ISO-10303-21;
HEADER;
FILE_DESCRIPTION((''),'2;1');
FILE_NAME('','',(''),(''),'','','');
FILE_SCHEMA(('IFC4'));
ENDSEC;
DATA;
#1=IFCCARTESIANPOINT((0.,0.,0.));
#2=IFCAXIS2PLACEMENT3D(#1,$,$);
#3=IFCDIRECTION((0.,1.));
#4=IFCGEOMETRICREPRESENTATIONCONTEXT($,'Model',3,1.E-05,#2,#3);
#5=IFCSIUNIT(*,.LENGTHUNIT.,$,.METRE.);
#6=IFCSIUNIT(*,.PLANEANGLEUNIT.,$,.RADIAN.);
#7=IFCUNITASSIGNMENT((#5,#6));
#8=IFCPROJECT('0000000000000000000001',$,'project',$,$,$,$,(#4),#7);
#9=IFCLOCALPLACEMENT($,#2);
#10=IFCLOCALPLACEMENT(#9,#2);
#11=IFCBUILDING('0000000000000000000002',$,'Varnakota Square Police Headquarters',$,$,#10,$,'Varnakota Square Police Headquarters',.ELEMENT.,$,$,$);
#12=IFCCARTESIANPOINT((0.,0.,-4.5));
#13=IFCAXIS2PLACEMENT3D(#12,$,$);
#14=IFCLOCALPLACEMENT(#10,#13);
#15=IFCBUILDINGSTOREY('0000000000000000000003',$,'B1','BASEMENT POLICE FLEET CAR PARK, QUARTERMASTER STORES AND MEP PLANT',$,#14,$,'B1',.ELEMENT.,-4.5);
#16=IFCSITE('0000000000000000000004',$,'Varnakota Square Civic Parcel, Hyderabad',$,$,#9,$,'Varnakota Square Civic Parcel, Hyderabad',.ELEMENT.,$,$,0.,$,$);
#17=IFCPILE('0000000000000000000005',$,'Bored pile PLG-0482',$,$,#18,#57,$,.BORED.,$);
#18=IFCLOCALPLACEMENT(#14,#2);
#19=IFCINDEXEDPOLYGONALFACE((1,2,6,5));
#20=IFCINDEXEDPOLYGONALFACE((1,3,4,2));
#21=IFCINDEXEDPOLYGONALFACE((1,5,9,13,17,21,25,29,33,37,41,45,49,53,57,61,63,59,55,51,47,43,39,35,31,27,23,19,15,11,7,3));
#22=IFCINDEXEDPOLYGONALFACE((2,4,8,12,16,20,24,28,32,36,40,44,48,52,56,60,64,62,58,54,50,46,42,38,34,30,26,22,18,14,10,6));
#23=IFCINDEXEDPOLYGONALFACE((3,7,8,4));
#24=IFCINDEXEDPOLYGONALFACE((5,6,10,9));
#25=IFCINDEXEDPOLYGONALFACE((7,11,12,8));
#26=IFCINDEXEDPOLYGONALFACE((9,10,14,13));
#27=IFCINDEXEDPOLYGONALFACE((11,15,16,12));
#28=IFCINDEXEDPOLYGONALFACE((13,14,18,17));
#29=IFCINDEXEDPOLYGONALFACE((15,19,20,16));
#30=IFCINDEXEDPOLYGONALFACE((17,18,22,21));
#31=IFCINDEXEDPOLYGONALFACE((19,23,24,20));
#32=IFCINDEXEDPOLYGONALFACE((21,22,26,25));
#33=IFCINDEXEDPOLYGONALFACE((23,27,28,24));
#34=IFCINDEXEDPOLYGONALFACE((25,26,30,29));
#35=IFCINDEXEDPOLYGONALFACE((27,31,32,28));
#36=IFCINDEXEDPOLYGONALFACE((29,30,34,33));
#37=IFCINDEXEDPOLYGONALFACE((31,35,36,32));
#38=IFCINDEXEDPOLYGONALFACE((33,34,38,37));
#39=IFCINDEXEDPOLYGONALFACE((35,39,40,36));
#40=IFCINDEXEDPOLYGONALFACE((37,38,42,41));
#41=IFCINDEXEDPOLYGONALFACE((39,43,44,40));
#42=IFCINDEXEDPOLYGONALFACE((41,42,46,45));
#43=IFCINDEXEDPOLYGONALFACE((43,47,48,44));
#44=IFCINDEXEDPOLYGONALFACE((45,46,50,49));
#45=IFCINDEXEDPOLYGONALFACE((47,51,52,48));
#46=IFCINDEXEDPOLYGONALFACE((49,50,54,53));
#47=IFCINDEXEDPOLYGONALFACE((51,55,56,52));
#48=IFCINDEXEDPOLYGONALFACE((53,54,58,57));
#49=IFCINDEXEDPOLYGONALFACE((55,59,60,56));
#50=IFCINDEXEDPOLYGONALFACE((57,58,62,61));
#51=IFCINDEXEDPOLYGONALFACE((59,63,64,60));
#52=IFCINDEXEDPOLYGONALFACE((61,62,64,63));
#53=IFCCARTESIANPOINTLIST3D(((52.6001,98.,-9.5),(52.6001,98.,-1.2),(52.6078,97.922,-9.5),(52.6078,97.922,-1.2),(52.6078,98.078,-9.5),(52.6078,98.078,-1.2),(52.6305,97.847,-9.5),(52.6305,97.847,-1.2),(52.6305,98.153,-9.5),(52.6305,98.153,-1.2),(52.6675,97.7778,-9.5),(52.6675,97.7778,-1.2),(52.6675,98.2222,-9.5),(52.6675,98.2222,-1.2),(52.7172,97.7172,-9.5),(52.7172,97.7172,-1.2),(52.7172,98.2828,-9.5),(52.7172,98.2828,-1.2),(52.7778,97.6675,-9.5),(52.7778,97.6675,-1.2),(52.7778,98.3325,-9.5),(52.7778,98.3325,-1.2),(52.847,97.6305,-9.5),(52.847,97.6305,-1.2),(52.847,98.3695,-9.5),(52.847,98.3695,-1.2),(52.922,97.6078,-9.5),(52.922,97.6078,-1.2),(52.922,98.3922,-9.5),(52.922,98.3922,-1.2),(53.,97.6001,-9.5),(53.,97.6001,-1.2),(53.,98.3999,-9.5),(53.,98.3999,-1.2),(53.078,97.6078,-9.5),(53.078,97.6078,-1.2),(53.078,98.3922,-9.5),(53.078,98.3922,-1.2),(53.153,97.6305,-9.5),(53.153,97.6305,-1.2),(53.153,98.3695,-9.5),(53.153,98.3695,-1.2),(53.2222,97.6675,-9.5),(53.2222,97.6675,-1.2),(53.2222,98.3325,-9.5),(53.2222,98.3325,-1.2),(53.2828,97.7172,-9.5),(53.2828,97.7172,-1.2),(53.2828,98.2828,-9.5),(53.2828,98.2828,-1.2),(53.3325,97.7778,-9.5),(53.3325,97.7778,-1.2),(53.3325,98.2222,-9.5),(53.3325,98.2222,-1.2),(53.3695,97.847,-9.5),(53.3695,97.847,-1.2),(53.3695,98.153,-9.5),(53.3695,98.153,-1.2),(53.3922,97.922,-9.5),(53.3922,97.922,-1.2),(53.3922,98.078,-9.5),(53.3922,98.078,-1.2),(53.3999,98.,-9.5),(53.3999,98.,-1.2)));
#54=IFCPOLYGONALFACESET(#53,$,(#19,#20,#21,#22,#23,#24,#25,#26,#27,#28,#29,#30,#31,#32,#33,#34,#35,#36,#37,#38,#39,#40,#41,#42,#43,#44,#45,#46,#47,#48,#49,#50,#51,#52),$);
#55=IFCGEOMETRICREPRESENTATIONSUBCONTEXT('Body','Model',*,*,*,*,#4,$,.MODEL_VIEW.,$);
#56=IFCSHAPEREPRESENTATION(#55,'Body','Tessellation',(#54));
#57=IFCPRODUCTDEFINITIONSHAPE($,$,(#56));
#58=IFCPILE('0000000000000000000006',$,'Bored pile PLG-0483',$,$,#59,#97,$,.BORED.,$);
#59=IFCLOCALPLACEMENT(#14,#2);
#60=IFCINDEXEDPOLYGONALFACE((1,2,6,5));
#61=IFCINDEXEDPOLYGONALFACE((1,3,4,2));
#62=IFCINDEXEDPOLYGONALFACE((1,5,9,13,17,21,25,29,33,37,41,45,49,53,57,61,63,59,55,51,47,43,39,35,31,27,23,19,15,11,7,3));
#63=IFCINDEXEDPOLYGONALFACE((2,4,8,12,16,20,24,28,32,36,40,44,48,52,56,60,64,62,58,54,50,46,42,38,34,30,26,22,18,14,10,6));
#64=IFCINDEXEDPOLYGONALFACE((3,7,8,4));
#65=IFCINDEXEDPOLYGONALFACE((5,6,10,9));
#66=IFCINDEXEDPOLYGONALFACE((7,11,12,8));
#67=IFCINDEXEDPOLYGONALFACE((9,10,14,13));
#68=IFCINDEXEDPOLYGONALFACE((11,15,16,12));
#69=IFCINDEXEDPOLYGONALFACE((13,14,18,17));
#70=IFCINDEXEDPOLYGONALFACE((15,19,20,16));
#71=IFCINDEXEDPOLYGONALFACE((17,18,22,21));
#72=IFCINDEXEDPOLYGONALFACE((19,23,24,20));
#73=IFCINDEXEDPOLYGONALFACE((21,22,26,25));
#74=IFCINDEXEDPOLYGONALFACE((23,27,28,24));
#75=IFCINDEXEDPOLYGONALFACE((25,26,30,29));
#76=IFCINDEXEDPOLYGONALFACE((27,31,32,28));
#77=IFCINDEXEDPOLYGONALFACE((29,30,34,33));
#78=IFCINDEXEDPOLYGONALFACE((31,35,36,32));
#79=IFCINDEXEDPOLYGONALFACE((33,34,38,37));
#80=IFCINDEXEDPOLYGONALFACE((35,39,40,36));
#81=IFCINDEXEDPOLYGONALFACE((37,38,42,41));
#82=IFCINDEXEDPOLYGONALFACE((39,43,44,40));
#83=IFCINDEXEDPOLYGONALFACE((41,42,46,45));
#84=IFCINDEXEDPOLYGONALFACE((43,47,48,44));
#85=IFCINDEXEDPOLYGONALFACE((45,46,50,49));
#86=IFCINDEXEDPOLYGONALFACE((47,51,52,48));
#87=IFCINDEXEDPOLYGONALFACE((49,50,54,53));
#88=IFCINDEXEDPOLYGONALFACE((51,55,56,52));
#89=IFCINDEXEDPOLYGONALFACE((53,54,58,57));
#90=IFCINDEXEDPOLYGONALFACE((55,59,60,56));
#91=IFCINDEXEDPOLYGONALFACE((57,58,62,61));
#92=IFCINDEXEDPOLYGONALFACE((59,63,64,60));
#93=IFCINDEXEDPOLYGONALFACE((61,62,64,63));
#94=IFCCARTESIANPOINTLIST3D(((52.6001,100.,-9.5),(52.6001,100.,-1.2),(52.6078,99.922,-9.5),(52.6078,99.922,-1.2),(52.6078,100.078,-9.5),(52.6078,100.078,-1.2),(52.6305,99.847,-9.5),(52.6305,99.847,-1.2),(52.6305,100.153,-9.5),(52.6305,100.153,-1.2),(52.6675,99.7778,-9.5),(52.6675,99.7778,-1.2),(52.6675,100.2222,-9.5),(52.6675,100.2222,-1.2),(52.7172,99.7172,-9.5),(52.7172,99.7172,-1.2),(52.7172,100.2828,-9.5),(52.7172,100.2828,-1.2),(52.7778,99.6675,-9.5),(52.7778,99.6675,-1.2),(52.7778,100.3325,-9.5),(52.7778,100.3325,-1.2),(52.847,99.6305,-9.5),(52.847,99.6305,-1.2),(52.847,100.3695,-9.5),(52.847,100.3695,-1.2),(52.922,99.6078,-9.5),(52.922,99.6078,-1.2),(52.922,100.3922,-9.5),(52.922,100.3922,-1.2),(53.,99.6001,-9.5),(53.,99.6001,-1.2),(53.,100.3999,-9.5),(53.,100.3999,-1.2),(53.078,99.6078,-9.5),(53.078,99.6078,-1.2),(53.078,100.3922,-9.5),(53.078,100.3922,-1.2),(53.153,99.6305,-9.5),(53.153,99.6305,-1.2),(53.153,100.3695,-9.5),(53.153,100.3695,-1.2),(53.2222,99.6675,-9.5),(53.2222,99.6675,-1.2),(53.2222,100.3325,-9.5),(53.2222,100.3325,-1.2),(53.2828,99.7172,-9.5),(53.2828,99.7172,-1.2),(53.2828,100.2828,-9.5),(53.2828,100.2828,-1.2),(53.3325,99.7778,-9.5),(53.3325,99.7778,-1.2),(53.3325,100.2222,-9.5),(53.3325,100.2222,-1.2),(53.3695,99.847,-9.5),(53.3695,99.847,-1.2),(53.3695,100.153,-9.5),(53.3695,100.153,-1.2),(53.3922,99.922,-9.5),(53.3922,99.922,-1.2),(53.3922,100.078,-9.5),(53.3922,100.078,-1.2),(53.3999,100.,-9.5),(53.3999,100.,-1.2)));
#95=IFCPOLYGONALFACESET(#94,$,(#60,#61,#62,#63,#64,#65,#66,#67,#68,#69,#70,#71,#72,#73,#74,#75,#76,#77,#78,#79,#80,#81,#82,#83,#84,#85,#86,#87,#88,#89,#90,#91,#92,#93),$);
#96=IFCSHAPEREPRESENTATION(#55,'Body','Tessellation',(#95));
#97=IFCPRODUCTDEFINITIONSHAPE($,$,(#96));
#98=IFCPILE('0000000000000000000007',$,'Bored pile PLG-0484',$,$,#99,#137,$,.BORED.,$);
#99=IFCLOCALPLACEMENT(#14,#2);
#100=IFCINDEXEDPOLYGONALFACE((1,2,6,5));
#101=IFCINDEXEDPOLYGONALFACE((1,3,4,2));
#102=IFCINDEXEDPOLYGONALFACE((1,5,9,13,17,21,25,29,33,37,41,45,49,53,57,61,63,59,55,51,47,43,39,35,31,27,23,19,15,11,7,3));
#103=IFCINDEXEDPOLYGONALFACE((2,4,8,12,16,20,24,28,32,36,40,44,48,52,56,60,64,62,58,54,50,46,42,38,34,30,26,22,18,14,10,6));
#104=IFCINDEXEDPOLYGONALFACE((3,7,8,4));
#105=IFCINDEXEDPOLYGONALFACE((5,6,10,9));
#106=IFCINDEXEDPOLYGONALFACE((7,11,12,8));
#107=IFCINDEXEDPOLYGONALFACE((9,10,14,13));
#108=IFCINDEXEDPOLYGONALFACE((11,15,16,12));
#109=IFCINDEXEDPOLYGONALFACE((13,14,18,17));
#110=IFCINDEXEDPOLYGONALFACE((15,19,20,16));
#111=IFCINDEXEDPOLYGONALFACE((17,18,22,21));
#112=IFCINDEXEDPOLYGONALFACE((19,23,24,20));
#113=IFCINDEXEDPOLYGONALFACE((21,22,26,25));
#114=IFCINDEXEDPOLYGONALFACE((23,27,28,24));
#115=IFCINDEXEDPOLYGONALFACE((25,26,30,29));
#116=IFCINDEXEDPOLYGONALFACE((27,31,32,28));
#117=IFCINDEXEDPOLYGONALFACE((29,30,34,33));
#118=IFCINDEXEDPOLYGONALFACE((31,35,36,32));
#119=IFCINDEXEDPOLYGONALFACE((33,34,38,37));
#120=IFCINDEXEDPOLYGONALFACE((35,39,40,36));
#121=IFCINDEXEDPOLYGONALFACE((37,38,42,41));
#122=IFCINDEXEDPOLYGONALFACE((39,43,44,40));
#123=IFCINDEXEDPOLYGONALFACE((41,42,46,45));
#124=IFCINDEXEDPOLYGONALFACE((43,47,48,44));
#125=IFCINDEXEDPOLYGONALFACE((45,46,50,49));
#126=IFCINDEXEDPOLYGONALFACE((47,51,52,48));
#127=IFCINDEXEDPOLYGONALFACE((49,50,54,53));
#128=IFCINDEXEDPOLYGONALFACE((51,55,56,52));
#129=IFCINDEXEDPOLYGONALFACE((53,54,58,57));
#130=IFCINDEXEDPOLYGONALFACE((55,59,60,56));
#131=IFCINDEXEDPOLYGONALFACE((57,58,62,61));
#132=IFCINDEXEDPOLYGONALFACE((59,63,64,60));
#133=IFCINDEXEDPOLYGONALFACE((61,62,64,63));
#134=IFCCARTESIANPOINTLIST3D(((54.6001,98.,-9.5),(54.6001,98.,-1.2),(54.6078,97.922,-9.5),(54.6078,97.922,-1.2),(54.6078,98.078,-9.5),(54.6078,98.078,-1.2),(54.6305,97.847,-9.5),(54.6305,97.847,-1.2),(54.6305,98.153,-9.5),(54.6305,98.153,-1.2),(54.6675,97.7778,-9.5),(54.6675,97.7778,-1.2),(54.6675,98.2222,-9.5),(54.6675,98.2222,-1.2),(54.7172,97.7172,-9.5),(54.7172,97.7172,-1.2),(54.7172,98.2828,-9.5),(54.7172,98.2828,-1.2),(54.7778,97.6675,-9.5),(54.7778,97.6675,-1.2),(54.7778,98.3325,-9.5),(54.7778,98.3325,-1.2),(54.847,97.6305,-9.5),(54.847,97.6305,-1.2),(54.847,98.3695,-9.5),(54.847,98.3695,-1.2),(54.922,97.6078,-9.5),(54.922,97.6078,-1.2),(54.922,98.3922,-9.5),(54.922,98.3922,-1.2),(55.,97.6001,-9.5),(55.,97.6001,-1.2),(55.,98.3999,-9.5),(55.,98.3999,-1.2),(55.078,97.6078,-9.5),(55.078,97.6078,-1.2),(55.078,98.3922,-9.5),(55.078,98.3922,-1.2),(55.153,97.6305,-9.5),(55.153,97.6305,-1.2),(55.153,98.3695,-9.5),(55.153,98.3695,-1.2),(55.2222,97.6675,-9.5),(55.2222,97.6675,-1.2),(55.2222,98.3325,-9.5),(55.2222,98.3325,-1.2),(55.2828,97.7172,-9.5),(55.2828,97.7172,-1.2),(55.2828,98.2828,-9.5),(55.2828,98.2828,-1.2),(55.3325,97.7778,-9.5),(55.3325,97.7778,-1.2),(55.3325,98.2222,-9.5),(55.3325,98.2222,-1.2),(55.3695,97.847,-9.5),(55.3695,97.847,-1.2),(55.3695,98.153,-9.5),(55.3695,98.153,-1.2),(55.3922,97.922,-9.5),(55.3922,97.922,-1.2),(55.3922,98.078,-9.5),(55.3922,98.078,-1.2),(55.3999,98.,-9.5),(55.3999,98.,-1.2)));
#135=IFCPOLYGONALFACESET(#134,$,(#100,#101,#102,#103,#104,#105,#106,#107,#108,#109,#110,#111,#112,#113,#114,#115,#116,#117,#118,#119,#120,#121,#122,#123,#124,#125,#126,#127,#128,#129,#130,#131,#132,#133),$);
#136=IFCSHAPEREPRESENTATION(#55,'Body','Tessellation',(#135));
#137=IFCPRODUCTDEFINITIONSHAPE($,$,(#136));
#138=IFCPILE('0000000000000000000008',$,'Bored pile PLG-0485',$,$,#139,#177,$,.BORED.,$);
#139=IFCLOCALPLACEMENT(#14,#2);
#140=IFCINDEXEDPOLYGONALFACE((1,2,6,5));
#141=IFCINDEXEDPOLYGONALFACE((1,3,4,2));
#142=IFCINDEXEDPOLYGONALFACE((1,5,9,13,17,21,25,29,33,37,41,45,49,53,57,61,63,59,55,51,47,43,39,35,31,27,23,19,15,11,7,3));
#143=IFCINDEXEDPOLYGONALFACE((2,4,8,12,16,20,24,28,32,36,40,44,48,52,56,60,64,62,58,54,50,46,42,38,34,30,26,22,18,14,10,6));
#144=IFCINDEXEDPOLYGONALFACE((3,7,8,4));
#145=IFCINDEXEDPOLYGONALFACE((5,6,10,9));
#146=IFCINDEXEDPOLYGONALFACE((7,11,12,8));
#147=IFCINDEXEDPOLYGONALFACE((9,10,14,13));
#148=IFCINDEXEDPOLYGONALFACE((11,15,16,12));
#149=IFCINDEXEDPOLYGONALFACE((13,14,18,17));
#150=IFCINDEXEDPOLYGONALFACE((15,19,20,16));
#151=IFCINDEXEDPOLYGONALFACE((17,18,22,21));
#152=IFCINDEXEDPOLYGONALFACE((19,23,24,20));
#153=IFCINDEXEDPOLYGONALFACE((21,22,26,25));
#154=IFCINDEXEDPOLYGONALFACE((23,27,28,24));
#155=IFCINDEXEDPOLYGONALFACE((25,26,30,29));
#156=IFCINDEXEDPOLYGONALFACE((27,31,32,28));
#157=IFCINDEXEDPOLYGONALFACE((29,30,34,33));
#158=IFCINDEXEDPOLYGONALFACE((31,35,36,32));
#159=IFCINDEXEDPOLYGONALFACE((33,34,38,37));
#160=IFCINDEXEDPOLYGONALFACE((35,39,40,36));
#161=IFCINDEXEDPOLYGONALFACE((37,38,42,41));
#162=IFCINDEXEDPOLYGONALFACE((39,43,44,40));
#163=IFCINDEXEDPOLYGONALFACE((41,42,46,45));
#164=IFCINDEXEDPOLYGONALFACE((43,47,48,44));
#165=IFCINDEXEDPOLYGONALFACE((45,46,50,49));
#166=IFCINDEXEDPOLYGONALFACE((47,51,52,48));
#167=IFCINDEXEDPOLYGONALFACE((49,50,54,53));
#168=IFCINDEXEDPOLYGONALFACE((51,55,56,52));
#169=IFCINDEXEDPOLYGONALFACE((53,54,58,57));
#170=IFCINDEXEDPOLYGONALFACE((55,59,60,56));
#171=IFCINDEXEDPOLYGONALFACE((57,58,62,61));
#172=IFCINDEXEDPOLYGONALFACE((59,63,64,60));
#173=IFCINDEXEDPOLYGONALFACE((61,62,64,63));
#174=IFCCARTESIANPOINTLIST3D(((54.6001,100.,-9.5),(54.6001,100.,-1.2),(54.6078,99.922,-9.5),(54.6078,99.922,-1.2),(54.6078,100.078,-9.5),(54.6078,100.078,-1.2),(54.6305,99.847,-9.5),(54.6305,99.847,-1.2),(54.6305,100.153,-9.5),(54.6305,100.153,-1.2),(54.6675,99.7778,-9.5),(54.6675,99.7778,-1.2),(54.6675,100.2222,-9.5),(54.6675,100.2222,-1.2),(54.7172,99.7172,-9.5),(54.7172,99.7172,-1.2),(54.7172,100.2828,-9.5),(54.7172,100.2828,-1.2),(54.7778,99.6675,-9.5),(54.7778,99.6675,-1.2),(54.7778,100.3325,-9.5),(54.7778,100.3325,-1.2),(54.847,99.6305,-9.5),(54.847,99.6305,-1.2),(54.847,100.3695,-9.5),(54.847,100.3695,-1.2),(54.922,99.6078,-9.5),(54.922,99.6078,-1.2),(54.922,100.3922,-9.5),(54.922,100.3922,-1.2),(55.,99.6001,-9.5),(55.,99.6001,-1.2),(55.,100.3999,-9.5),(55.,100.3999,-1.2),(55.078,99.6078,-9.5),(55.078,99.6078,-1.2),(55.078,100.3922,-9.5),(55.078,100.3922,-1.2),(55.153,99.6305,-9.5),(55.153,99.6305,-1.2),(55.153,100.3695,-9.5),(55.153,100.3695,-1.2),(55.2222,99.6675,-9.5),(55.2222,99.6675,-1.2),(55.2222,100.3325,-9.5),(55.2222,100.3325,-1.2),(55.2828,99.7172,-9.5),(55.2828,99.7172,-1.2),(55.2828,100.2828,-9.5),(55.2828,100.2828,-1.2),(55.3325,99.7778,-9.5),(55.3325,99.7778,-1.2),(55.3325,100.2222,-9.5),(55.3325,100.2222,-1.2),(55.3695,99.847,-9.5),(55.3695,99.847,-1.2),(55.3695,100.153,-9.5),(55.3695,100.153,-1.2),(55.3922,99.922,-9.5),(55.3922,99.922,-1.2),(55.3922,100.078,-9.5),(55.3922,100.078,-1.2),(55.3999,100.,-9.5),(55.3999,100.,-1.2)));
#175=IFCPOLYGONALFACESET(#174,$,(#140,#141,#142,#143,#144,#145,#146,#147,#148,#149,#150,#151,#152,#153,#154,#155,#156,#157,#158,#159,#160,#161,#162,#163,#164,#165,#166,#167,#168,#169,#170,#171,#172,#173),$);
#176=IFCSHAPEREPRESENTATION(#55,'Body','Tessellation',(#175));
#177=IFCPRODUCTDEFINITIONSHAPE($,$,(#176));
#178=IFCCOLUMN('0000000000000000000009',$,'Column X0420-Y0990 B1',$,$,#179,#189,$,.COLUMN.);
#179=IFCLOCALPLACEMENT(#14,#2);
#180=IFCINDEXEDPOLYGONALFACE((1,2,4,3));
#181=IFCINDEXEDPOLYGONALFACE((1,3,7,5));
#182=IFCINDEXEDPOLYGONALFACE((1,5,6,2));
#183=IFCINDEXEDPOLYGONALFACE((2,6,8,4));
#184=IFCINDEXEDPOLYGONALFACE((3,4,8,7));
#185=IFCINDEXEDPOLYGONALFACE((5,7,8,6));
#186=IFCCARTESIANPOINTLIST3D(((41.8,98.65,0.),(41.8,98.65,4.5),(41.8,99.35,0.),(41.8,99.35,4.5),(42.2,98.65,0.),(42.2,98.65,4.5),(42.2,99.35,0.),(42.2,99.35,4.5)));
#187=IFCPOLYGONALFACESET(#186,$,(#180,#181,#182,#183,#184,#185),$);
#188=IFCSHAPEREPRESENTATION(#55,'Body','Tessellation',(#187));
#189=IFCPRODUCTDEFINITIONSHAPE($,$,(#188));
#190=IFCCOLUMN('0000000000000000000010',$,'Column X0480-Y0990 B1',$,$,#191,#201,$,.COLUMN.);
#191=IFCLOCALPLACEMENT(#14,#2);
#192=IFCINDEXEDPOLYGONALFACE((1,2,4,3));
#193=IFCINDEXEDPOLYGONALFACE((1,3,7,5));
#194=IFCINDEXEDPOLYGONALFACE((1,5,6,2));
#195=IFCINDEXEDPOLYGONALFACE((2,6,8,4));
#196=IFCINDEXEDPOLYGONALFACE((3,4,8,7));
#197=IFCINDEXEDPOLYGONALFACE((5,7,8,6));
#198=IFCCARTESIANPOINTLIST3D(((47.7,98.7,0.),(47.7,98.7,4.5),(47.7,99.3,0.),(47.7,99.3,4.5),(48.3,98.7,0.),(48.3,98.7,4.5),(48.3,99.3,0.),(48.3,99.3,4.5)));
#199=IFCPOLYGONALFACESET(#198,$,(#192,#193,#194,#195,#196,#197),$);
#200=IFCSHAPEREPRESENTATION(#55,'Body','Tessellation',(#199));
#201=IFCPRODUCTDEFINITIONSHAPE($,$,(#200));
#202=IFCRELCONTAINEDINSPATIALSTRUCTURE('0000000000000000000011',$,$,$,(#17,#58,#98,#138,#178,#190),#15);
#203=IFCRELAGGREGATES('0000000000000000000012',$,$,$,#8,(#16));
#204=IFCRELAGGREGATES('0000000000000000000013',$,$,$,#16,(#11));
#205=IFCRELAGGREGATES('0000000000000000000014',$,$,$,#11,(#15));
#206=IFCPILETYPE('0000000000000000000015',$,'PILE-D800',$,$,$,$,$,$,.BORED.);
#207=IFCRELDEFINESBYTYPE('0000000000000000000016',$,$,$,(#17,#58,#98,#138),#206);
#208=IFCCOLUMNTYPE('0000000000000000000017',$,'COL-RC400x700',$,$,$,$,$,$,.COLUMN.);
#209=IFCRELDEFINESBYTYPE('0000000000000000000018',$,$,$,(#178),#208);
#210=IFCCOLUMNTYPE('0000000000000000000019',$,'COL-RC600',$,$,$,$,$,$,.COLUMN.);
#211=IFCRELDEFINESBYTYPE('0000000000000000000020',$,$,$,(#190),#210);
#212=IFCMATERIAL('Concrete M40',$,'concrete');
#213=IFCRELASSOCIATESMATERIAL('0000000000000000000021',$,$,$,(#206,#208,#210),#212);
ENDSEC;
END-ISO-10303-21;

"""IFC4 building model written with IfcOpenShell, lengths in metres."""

from ifc_helpers import new_model, si_unit, direction, frame, origin, origin_2d, place, context, subcontext, project, spatial, rectangle, circle, extrude, material, material_profile, profile_set, type_object, element, save


model = new_model("IFC4")

# Units and contexts
model_context = context("Model", 3, precision=1e-05, world=origin(), true_north=direction((0.0, 1.0)))
body_context = subcontext(model_context, "Body", "Model", "MODEL_VIEW")
ifc_project = project(units=[si_unit("LENGTHUNIT", "METRE"), si_unit("PLANEANGLEUNIT", "RADIAN")], contexts=[model_context])

# Site, building, storey
site_placement = place(None, origin())
site = spatial("IfcSite", under=ifc_project, at=site_placement, Name="Varnakota Square Civic Parcel, Hyderabad", LongName="Varnakota Square Civic Parcel, Hyderabad", CompositionType="ELEMENT", RefElevation=0.0)
building_placement = place(site_placement, origin())
building = spatial("IfcBuilding", under=site, at=building_placement, Name="Varnakota Square Police Headquarters", LongName="Varnakota Square Police Headquarters", CompositionType="ELEMENT")
storey_placement = place(building_placement, frame((0.0, 0.0, -4.5)))
storey = spatial("IfcBuildingStorey", under=building, at=storey_placement, Name="B1", Description="BASEMENT POLICE FLEET CAR PARK, QUARTERMASTER STORES AND MEP PLANT", LongName="B1", CompositionType="ELEMENT", Elevation=-4.5)

# Shared definitions
ifc_material_1 = material(Name="Concrete M40", Category="concrete")

# Piles
ifc_material_profile_1 = material_profile(ifc_material_1, circle(Radius=0.3999, at=origin_2d()), Name="BORED PILE 800")
ifc_profile_set_1 = profile_set([ifc_material_profile_1], Name="Concrete M40")
pile_type = type_object("IfcPileType", Name="PILE-D800", PredefinedType="BORED", material=ifc_profile_set_1)
for number, where, z_axis, x_axis, name in (
    (1, (53.0, 98.0, -1.2), (0.0, 0.0, -1.0), (1.0, 0.0, 0.0), "Bored pile PLG-0482"),
    (2, (53.0, 100.0, -1.2), (0.0, 0.0, -1.0), (1.0, 0.0, 0.0), "Bored pile PLG-0483"),
    (3, (55.0, 98.0, -1.2), (0.0, 0.0, -1.0), (1.0, 0.0, 0.0), "Bored pile PLG-0484"),
    (4, (55.0, 100.0, -1.2), (0.0, 0.0, -1.0), (1.0, 0.0, 0.0), "Bored pile PLG-0485"),
):
    element("IfcPile", number, at=place(storey_placement, frame(where, z_axis=z_axis, x_axis=x_axis)), inside=storey, type_object=pile_type, Name=name, PredefinedType="BORED", context=body_context, shape_type="SweptSolid", body=[
        extrude(circle(Radius=0.3999, at=origin_2d()), origin(), (0.0, 0.0, 1.0), 8.3),
    ])

# Columns
ifc_material_profile_2 = material_profile(ifc_material_1, rectangle(XDim=0.3999, YDim=0.7, at=origin_2d()), Name="RC 400x700")
ifc_profile_set_2 = profile_set([ifc_material_profile_2], Name="Concrete M40")
column_type_1 = type_object("IfcColumnType", Name="COL-RC400x700", PredefinedType="COLUMN", material=ifc_profile_set_2)
column_1_placement = place(storey_placement, frame((42.0, 99.0, 0.0), z_axis=(0.0, 0.0, 1.0), x_axis=(1.0, 0.0, 0.0)))
element("IfcColumn", 5, at=column_1_placement, inside=storey, type_object=column_type_1, Name="Column X0420-Y0990 B1", PredefinedType="COLUMN", context=body_context, shape_type="SweptSolid", body=[
    extrude(rectangle(XDim=0.3999, YDim=0.7, at=origin_2d()), origin(), (0.0, 0.0, 1.0), 4.5),
])
ifc_material_profile_3 = material_profile(ifc_material_1, rectangle(XDim=0.6001, YDim=0.6001, at=origin_2d()), Name="RC 600x600")
ifc_profile_set_3 = profile_set([ifc_material_profile_3], Name="Concrete M40")
column_type_2 = type_object("IfcColumnType", Name="COL-RC600", PredefinedType="COLUMN", material=ifc_profile_set_3)
column_2_placement = place(storey_placement, frame((48.0, 99.0, 0.0), z_axis=(0.0, 0.0, 1.0), x_axis=(1.0, 0.0, 0.0)))
element("IfcColumn", 6, at=column_2_placement, inside=storey, type_object=column_type_2, Name="Column X0480-Y0990 B1", PredefinedType="COLUMN", context=body_context, shape_type="SweptSolid", body=[
    extrude(rectangle(XDim=0.6001, YDim=0.6001, at=origin_2d()), origin(), (0.0, 0.0, 1.0), 4.5),
])

save(model, "model.ifc")
